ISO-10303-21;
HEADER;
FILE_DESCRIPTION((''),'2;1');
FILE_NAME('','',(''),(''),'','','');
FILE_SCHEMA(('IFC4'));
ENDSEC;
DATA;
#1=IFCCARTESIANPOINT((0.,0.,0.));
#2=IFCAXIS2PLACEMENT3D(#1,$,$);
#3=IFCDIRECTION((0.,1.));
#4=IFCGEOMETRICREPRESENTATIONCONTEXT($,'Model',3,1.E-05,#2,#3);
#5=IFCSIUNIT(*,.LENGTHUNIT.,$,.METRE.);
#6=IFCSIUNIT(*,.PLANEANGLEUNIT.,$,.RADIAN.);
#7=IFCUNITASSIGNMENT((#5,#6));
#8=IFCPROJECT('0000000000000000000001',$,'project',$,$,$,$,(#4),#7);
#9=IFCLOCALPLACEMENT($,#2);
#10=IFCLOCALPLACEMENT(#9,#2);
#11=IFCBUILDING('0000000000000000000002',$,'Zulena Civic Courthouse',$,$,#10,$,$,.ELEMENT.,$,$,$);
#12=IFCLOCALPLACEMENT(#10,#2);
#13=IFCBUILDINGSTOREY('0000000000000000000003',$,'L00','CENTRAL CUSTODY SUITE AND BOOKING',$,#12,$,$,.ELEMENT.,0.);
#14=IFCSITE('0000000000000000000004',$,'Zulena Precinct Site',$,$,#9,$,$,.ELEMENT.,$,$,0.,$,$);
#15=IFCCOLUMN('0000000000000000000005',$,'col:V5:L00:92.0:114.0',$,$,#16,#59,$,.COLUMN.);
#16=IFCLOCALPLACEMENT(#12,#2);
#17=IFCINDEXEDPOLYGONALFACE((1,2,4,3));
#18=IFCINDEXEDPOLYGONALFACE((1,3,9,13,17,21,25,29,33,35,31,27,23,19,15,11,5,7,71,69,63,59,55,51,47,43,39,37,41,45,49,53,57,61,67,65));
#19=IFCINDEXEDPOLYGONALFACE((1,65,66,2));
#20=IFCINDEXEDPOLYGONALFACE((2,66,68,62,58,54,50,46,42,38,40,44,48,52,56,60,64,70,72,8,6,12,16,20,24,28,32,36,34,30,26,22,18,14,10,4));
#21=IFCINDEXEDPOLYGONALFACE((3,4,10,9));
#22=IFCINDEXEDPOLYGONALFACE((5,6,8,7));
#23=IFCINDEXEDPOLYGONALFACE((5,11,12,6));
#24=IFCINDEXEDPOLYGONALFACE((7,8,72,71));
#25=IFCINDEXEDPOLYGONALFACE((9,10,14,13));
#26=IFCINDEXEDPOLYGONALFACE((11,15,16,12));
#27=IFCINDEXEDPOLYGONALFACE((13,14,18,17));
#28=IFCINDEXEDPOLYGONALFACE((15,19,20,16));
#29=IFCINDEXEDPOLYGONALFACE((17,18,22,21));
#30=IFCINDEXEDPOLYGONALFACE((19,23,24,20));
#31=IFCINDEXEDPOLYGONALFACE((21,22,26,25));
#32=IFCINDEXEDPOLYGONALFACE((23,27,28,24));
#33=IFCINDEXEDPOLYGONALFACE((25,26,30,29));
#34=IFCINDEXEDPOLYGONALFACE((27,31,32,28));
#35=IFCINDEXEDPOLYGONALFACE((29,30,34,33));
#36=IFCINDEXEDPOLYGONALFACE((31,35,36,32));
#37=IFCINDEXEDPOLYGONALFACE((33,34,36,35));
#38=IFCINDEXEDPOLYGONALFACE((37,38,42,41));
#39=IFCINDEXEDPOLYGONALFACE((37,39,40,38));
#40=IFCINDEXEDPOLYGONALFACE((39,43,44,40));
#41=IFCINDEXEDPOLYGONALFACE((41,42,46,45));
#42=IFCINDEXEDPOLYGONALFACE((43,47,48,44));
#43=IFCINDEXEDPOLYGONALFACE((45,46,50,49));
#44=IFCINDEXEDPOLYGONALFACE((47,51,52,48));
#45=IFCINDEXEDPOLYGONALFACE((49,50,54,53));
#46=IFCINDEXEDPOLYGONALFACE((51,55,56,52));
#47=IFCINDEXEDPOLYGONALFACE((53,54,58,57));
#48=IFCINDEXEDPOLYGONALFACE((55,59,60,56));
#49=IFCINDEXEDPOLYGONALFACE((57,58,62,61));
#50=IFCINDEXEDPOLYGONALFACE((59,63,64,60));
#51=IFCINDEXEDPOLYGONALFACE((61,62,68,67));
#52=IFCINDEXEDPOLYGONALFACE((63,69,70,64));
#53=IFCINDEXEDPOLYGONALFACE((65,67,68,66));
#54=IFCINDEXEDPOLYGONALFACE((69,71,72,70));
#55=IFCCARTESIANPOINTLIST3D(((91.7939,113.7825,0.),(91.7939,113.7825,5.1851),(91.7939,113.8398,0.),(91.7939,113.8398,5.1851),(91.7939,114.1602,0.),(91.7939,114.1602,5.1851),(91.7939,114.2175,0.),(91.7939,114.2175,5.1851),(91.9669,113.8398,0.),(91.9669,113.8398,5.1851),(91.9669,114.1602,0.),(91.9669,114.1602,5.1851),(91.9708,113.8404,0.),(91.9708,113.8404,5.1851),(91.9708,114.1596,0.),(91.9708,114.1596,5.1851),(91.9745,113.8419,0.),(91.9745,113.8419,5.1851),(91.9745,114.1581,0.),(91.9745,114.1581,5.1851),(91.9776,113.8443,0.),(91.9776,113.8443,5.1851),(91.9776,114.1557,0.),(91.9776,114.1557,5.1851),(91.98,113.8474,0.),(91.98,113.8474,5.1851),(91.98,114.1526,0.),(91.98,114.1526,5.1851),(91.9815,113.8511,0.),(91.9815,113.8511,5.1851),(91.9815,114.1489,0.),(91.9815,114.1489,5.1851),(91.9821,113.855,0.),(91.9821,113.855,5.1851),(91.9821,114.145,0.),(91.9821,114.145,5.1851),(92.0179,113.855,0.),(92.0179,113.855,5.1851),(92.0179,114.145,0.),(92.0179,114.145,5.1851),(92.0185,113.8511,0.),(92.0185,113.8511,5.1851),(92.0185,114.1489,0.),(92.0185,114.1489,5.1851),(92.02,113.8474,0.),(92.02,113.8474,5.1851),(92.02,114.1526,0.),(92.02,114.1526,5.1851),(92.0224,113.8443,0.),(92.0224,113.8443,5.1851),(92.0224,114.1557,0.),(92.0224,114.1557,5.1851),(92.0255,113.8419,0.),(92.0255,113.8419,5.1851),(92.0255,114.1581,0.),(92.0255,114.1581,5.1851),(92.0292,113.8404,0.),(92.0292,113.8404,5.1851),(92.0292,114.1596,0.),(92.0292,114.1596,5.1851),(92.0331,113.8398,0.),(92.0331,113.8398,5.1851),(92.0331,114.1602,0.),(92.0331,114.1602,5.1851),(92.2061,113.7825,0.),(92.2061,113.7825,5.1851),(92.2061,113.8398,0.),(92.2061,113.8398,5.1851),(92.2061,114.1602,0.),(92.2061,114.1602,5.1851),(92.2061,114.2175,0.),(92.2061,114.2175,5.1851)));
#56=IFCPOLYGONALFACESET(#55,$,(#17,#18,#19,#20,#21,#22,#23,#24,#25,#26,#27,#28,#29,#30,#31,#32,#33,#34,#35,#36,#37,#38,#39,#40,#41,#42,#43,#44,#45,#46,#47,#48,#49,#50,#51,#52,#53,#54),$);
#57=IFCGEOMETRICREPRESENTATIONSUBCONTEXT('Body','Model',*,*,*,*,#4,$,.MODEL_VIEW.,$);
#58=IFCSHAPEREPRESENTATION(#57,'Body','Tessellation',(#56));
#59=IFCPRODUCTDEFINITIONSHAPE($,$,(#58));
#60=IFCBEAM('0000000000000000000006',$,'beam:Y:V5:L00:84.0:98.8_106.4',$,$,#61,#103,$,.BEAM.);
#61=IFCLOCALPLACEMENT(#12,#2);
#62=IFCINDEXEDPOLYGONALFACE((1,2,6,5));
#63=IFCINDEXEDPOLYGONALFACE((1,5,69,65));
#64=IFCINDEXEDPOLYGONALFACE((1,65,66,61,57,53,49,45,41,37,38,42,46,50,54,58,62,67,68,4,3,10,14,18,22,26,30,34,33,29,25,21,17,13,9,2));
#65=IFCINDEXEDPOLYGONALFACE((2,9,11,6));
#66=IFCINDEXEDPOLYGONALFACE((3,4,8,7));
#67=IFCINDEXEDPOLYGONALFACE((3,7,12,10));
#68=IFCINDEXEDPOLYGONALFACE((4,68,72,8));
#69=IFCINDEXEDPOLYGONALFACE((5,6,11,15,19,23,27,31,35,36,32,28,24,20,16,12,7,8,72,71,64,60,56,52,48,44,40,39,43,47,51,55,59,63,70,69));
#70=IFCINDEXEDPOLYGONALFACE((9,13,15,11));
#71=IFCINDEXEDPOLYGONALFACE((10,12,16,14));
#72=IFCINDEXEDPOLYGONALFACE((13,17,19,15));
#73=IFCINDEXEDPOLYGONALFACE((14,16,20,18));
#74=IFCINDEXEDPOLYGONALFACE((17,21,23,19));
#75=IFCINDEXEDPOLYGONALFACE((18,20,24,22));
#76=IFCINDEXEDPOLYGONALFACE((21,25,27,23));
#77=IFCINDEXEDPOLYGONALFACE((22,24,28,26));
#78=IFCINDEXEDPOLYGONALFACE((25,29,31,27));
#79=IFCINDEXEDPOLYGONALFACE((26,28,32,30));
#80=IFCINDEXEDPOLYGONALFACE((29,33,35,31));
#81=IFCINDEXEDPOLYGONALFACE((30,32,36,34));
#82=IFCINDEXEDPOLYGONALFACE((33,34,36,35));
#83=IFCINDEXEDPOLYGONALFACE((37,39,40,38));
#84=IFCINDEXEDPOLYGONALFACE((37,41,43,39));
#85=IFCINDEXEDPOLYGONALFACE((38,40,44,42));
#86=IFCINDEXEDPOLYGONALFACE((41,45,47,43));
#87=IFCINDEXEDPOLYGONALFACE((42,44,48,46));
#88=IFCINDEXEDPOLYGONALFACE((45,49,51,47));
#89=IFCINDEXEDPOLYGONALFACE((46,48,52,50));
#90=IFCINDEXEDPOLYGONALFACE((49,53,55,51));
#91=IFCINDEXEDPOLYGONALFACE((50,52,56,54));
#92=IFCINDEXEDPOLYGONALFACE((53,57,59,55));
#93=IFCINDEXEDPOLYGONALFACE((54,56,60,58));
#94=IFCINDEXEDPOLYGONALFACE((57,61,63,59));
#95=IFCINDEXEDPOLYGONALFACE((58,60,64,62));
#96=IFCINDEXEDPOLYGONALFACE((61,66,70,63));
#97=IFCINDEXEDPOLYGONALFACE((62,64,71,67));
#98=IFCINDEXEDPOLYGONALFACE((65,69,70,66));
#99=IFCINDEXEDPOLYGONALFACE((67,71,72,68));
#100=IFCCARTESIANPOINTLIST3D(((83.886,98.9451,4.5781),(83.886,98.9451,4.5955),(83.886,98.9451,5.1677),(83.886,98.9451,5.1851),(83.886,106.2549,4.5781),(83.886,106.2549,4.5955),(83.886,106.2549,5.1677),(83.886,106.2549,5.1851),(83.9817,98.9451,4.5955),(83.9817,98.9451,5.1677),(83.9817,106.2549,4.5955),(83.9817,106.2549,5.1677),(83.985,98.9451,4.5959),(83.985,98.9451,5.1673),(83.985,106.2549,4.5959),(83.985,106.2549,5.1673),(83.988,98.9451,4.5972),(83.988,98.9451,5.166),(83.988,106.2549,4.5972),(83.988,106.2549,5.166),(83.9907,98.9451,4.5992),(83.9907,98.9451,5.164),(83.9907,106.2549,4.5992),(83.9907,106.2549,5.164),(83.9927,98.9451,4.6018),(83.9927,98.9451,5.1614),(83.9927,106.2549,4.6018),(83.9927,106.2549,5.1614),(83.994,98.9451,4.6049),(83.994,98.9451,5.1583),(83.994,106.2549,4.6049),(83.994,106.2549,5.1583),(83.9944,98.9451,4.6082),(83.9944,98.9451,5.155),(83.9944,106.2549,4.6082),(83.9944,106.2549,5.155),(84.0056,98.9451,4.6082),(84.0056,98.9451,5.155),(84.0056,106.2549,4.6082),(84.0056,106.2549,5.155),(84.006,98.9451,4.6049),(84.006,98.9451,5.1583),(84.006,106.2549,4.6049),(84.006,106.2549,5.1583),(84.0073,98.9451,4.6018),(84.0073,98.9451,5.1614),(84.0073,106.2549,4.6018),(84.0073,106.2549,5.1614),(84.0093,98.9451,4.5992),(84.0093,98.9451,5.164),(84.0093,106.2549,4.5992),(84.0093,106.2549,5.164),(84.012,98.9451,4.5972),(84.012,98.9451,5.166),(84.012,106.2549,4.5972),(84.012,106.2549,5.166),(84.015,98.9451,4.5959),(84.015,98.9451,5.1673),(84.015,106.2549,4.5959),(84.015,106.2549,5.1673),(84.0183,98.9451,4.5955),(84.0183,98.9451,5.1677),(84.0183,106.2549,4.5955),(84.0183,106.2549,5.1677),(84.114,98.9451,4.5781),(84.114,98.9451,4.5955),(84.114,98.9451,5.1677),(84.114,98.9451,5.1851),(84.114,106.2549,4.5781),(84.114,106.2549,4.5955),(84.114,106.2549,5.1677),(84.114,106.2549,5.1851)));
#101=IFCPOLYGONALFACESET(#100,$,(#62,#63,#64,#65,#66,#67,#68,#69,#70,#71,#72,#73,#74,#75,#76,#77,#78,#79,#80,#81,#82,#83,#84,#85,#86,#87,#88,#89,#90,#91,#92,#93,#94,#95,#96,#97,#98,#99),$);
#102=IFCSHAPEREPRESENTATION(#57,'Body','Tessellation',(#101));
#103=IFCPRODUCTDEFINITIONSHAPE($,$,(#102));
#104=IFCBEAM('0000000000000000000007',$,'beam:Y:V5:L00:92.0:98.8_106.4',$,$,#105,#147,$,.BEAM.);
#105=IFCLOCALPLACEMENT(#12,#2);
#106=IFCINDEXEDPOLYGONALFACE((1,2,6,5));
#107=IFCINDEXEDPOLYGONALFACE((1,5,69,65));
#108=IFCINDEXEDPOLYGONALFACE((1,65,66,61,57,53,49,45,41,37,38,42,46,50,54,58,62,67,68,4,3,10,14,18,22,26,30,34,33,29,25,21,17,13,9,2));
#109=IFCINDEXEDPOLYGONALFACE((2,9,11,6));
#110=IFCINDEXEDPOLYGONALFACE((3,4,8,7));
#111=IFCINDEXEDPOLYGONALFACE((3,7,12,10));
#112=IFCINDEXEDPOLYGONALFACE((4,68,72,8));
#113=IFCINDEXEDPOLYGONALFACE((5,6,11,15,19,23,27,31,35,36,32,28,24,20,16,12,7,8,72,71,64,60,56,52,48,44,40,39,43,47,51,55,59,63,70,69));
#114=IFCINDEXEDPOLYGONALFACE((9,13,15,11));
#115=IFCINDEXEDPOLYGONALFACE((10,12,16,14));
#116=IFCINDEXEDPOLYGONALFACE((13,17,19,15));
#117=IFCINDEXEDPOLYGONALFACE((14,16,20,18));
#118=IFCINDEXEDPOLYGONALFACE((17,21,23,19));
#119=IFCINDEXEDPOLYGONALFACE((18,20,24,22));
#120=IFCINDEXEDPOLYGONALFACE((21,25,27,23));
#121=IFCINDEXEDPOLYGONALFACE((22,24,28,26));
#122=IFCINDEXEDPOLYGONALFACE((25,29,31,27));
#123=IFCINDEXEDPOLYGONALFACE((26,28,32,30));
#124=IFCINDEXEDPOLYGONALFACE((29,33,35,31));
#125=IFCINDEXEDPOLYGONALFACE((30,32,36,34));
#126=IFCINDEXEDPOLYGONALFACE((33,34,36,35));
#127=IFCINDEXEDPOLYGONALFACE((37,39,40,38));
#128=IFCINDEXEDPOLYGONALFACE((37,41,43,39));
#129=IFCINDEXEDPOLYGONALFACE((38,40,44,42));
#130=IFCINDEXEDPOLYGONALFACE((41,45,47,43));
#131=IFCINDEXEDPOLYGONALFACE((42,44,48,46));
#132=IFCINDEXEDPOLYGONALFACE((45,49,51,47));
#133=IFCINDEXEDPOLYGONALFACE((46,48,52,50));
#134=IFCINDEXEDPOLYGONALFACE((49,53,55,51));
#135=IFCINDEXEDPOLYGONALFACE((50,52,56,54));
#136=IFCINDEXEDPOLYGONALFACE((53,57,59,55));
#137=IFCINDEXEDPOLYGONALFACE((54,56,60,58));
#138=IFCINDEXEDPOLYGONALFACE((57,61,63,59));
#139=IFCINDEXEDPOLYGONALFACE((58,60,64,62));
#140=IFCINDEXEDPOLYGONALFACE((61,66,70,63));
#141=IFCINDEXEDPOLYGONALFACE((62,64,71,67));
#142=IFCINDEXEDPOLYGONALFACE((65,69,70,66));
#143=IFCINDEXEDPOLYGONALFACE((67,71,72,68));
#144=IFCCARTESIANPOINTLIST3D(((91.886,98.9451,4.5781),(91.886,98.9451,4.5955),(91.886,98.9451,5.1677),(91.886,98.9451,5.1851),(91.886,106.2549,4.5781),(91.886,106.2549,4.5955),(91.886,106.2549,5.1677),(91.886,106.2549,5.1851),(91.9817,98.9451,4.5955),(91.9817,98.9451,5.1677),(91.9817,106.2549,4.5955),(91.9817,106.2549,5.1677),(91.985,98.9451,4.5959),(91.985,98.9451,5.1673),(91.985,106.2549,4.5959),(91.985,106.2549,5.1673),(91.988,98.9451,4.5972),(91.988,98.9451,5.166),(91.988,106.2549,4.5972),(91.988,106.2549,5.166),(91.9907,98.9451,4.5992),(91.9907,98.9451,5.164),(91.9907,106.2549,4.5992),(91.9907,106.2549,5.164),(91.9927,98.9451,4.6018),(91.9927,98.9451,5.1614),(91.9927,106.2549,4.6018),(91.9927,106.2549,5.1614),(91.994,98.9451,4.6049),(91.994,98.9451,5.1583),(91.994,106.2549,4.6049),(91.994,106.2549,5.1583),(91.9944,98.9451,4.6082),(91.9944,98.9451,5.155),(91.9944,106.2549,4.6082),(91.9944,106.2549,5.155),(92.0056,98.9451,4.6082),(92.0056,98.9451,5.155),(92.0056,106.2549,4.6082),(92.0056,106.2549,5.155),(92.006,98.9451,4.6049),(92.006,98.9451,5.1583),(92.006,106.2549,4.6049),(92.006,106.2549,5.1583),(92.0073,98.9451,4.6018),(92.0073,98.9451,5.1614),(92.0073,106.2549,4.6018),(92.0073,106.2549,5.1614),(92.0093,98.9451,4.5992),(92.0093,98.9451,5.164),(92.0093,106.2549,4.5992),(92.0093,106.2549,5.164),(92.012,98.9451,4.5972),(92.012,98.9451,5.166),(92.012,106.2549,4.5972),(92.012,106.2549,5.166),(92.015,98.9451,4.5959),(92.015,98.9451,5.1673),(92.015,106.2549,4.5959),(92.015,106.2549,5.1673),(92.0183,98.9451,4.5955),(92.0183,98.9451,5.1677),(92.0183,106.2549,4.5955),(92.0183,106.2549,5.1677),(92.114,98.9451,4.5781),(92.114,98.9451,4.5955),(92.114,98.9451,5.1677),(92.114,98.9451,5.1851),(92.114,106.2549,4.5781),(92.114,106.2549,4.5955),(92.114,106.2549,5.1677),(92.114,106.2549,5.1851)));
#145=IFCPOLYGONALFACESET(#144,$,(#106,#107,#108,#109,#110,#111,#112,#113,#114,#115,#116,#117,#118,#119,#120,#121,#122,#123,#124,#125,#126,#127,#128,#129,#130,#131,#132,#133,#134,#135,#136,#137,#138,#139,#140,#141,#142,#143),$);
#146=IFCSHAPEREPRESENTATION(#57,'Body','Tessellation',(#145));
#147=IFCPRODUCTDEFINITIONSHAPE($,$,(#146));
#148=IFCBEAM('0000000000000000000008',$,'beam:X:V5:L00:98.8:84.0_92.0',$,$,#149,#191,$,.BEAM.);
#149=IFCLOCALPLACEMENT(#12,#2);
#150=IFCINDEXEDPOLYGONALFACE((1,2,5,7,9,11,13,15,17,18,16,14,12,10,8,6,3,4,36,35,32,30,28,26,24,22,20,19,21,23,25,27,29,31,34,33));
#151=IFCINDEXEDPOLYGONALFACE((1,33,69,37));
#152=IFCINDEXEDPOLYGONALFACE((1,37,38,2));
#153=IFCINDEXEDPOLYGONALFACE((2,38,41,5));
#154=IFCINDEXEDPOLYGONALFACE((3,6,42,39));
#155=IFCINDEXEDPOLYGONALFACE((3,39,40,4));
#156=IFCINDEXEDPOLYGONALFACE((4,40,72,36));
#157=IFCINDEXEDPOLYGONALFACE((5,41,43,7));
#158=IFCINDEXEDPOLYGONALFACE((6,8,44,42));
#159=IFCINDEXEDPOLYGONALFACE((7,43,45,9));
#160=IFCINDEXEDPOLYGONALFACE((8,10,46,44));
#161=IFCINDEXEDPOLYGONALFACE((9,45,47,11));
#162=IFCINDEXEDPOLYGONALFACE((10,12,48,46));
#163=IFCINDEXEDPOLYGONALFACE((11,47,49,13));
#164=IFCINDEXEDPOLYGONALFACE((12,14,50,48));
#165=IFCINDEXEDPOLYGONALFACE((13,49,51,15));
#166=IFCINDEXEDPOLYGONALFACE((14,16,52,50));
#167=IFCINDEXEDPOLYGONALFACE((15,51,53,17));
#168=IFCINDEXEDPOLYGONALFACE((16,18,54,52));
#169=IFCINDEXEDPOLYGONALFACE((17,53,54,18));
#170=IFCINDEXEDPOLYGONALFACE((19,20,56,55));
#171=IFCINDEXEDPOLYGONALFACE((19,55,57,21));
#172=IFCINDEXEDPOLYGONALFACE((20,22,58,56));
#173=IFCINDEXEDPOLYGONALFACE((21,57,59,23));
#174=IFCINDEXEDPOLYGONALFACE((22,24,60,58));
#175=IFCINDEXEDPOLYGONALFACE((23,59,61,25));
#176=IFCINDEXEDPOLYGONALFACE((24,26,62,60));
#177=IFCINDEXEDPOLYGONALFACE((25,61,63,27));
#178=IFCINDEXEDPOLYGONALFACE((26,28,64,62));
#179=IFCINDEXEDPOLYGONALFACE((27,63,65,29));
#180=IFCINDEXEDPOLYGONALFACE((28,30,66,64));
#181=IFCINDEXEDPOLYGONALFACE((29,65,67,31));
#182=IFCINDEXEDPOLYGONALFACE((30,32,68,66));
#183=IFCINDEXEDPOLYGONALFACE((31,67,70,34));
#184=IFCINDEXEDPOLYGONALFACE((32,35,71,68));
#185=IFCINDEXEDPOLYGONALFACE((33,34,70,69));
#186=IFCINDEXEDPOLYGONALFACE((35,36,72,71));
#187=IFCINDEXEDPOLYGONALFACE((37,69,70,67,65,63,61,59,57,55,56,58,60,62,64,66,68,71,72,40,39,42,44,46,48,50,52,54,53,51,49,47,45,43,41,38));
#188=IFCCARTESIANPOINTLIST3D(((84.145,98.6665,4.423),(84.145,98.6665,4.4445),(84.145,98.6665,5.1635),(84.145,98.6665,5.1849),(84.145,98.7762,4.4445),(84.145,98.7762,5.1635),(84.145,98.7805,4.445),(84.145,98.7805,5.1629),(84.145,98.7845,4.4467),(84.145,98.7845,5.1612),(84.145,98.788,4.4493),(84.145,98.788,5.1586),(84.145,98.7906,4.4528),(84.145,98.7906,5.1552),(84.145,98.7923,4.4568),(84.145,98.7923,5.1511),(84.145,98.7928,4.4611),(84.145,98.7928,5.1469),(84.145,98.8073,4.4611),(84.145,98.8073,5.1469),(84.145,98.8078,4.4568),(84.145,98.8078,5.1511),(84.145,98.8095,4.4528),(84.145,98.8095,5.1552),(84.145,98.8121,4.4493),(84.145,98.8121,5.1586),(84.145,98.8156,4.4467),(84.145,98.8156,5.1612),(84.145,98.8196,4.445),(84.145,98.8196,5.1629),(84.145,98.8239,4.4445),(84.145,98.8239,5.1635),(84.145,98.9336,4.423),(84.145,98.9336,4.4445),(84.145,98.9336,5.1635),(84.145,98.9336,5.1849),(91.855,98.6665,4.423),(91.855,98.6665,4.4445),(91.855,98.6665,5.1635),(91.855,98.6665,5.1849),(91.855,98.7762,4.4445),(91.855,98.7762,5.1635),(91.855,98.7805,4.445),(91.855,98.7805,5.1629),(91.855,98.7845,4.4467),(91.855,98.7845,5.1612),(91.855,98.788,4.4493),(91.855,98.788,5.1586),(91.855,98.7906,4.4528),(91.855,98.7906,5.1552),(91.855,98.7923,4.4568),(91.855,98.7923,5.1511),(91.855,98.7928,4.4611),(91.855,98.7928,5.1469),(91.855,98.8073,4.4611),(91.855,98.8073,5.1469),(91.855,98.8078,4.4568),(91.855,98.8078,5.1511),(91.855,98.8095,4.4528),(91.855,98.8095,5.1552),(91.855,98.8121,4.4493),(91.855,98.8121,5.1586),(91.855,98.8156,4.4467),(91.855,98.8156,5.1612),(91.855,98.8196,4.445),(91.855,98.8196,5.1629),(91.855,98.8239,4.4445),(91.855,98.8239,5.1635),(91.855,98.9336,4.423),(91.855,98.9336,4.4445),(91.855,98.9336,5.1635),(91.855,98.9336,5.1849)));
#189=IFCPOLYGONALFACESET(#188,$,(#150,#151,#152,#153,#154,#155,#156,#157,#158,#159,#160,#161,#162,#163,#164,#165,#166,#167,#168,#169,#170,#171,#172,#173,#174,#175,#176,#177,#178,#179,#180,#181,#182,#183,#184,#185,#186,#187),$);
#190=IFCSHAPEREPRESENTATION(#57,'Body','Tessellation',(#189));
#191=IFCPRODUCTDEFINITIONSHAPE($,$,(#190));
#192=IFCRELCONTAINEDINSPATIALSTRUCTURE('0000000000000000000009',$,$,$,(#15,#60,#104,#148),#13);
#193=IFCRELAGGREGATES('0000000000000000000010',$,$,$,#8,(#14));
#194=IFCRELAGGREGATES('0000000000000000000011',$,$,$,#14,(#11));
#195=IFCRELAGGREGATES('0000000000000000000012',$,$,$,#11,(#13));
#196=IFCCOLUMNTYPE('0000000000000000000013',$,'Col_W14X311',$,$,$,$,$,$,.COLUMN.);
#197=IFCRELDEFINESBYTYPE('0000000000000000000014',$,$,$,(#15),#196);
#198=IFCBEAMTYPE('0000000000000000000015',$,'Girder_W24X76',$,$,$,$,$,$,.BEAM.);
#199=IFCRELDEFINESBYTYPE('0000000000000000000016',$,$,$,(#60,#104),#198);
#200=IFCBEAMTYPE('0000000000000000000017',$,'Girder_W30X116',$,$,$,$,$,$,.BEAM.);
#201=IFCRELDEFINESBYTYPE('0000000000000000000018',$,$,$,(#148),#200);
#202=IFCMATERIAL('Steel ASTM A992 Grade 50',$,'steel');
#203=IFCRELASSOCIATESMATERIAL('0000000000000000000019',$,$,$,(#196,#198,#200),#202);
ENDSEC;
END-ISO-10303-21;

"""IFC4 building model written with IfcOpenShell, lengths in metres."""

from ifc_helpers import new_model, si_unit, direction, frame, origin, origin_2d, place, context, subcontext, project, spatial, i_section, extrude, material, material_profile, profile_set, type_object, element, save


model = new_model("IFC4")

# Units and contexts
model_context = context("Model", 3, precision=1e-05, world=origin(), true_north=direction((0.0, 1.0)))
body_context = subcontext(model_context, "Body", "Model", "MODEL_VIEW")
ifc_project = project(units=[si_unit("LENGTHUNIT", "METRE"), si_unit("PLANEANGLEUNIT", "RADIAN")], contexts=[model_context])

# Site, building, storey
site_placement = place(None, origin())
site = spatial("IfcSite", under=ifc_project, at=site_placement, Name="Zulena Precinct Site", CompositionType="ELEMENT", RefElevation=0.0)
building_placement = place(site_placement, origin())
building = spatial("IfcBuilding", under=site, at=building_placement, Name="Zulena Civic Courthouse", CompositionType="ELEMENT")
storey_placement = place(building_placement, origin())
storey = spatial("IfcBuildingStorey", under=building, at=storey_placement, Name="L00", Description="CENTRAL CUSTODY SUITE AND BOOKING", CompositionType="ELEMENT", Elevation=0.0)

# Column
ifc_material_1 = material(Name="Steel ASTM A992 Grade 50", Category="steel")
ifc_material_profile_1 = material_profile(ifc_material_1, i_section(OverallWidth=0.4121, OverallDepth=0.4351, WebThickness=0.0359, FlangeThickness=0.0574, FilletRadius=0.0151, at=origin_2d()), Name="W14X311")
ifc_profile_set_1 = profile_set([ifc_material_profile_1], Name="Steel ASTM A992 Grade 50")
column_type_1 = type_object("IfcColumnType", Name="Col_W14X311", PredefinedType="COLUMN", material=ifc_profile_set_1)
for number, where, z_axis, x_axis, name in (
    (1, (92.0, 114.0, 0.0), (0.0, 0.0, 1.0), (1.0, 0.0, 0.0), "col:V5:L00:92.0:114.0"),
):
    element("IfcColumn", number, at=place(storey_placement, frame(where, z_axis=z_axis, x_axis=x_axis)), inside=storey, type_object=column_type_1, Name=name, PredefinedType="COLUMN", context=body_context, shape_type="SweptSolid", body=[
        extrude(i_section(OverallWidth=0.4121, OverallDepth=0.4351, WebThickness=0.0359, FlangeThickness=0.0574, FilletRadius=0.0151, at=origin_2d()), origin(), (0.0, 0.0, 1.0), 5.1851),
    ])

# Beams
ifc_material_profile_2 = material_profile(ifc_material_1, i_section(OverallWidth=0.228, OverallDepth=0.6069, WebThickness=0.0112, FlangeThickness=0.0173, FilletRadius=0.0127, at=origin_2d()), Name="W24X76")
ifc_profile_set_2 = profile_set([ifc_material_profile_2], Name="Steel ASTM A992 Grade 50")
beam_type_1 = type_object("IfcBeamType", Name="Girder_W24X76", PredefinedType="BEAM", material=ifc_profile_set_2)
for number, where, z_axis, x_axis, name in (
    (2, (84.0, 98.9451, 4.8816), (0.0, 1.0, 0.0), (-1.0, 0.0, 0.0), "beam:Y:V5:L00:84.0:98.8_106.4"),
    (3, (92.0, 98.9451, 4.8816), (0.0, 1.0, 0.0), (-1.0, 0.0, 0.0), "beam:Y:V5:L00:92.0:98.8_106.4"),
):
    element("IfcBeam", number, at=place(storey_placement, frame(where, z_axis=z_axis, x_axis=x_axis)), inside=storey, type_object=beam_type_1, Name=name, PredefinedType="BEAM", context=body_context, shape_type="SweptSolid", body=[
        extrude(i_section(OverallWidth=0.228, OverallDepth=0.6069, WebThickness=0.0112, FlangeThickness=0.0173, FilletRadius=0.0127, at=origin_2d()), origin(), (0.0, 0.0, 1.0), 7.3098),
    ])
ifc_material_profile_3 = material_profile(ifc_material_1, i_section(OverallWidth=0.2671, OverallDepth=0.762, WebThickness=0.0144, FlangeThickness=0.0215, FilletRadius=0.0166, at=origin_2d()), Name="W30X116")
ifc_profile_set_3 = profile_set([ifc_material_profile_3], Name="Steel ASTM A992 Grade 50")
beam_type_2 = type_object("IfcBeamType", Name="Girder_W30X116", PredefinedType="BEAM", material=ifc_profile_set_3)
for number, where, z_axis, x_axis, name in (
    (4, (84.145, 98.8, 4.804), (1.0, 0.0, 0.0), (0.0, 1.0, 0.0), "beam:X:V5:L00:98.8:84.0_92.0"),
):
    element("IfcBeam", number, at=place(storey_placement, frame(where, z_axis=z_axis, x_axis=x_axis)), inside=storey, type_object=beam_type_2, Name=name, PredefinedType="BEAM", context=body_context, shape_type="SweptSolid", body=[
        extrude(i_section(OverallWidth=0.2671, OverallDepth=0.762, WebThickness=0.0144, FlangeThickness=0.0215, FilletRadius=0.0166, at=origin_2d()), origin(), (0.0, 0.0, 1.0), 7.71),
    ])

save(model, "model.ifc")
